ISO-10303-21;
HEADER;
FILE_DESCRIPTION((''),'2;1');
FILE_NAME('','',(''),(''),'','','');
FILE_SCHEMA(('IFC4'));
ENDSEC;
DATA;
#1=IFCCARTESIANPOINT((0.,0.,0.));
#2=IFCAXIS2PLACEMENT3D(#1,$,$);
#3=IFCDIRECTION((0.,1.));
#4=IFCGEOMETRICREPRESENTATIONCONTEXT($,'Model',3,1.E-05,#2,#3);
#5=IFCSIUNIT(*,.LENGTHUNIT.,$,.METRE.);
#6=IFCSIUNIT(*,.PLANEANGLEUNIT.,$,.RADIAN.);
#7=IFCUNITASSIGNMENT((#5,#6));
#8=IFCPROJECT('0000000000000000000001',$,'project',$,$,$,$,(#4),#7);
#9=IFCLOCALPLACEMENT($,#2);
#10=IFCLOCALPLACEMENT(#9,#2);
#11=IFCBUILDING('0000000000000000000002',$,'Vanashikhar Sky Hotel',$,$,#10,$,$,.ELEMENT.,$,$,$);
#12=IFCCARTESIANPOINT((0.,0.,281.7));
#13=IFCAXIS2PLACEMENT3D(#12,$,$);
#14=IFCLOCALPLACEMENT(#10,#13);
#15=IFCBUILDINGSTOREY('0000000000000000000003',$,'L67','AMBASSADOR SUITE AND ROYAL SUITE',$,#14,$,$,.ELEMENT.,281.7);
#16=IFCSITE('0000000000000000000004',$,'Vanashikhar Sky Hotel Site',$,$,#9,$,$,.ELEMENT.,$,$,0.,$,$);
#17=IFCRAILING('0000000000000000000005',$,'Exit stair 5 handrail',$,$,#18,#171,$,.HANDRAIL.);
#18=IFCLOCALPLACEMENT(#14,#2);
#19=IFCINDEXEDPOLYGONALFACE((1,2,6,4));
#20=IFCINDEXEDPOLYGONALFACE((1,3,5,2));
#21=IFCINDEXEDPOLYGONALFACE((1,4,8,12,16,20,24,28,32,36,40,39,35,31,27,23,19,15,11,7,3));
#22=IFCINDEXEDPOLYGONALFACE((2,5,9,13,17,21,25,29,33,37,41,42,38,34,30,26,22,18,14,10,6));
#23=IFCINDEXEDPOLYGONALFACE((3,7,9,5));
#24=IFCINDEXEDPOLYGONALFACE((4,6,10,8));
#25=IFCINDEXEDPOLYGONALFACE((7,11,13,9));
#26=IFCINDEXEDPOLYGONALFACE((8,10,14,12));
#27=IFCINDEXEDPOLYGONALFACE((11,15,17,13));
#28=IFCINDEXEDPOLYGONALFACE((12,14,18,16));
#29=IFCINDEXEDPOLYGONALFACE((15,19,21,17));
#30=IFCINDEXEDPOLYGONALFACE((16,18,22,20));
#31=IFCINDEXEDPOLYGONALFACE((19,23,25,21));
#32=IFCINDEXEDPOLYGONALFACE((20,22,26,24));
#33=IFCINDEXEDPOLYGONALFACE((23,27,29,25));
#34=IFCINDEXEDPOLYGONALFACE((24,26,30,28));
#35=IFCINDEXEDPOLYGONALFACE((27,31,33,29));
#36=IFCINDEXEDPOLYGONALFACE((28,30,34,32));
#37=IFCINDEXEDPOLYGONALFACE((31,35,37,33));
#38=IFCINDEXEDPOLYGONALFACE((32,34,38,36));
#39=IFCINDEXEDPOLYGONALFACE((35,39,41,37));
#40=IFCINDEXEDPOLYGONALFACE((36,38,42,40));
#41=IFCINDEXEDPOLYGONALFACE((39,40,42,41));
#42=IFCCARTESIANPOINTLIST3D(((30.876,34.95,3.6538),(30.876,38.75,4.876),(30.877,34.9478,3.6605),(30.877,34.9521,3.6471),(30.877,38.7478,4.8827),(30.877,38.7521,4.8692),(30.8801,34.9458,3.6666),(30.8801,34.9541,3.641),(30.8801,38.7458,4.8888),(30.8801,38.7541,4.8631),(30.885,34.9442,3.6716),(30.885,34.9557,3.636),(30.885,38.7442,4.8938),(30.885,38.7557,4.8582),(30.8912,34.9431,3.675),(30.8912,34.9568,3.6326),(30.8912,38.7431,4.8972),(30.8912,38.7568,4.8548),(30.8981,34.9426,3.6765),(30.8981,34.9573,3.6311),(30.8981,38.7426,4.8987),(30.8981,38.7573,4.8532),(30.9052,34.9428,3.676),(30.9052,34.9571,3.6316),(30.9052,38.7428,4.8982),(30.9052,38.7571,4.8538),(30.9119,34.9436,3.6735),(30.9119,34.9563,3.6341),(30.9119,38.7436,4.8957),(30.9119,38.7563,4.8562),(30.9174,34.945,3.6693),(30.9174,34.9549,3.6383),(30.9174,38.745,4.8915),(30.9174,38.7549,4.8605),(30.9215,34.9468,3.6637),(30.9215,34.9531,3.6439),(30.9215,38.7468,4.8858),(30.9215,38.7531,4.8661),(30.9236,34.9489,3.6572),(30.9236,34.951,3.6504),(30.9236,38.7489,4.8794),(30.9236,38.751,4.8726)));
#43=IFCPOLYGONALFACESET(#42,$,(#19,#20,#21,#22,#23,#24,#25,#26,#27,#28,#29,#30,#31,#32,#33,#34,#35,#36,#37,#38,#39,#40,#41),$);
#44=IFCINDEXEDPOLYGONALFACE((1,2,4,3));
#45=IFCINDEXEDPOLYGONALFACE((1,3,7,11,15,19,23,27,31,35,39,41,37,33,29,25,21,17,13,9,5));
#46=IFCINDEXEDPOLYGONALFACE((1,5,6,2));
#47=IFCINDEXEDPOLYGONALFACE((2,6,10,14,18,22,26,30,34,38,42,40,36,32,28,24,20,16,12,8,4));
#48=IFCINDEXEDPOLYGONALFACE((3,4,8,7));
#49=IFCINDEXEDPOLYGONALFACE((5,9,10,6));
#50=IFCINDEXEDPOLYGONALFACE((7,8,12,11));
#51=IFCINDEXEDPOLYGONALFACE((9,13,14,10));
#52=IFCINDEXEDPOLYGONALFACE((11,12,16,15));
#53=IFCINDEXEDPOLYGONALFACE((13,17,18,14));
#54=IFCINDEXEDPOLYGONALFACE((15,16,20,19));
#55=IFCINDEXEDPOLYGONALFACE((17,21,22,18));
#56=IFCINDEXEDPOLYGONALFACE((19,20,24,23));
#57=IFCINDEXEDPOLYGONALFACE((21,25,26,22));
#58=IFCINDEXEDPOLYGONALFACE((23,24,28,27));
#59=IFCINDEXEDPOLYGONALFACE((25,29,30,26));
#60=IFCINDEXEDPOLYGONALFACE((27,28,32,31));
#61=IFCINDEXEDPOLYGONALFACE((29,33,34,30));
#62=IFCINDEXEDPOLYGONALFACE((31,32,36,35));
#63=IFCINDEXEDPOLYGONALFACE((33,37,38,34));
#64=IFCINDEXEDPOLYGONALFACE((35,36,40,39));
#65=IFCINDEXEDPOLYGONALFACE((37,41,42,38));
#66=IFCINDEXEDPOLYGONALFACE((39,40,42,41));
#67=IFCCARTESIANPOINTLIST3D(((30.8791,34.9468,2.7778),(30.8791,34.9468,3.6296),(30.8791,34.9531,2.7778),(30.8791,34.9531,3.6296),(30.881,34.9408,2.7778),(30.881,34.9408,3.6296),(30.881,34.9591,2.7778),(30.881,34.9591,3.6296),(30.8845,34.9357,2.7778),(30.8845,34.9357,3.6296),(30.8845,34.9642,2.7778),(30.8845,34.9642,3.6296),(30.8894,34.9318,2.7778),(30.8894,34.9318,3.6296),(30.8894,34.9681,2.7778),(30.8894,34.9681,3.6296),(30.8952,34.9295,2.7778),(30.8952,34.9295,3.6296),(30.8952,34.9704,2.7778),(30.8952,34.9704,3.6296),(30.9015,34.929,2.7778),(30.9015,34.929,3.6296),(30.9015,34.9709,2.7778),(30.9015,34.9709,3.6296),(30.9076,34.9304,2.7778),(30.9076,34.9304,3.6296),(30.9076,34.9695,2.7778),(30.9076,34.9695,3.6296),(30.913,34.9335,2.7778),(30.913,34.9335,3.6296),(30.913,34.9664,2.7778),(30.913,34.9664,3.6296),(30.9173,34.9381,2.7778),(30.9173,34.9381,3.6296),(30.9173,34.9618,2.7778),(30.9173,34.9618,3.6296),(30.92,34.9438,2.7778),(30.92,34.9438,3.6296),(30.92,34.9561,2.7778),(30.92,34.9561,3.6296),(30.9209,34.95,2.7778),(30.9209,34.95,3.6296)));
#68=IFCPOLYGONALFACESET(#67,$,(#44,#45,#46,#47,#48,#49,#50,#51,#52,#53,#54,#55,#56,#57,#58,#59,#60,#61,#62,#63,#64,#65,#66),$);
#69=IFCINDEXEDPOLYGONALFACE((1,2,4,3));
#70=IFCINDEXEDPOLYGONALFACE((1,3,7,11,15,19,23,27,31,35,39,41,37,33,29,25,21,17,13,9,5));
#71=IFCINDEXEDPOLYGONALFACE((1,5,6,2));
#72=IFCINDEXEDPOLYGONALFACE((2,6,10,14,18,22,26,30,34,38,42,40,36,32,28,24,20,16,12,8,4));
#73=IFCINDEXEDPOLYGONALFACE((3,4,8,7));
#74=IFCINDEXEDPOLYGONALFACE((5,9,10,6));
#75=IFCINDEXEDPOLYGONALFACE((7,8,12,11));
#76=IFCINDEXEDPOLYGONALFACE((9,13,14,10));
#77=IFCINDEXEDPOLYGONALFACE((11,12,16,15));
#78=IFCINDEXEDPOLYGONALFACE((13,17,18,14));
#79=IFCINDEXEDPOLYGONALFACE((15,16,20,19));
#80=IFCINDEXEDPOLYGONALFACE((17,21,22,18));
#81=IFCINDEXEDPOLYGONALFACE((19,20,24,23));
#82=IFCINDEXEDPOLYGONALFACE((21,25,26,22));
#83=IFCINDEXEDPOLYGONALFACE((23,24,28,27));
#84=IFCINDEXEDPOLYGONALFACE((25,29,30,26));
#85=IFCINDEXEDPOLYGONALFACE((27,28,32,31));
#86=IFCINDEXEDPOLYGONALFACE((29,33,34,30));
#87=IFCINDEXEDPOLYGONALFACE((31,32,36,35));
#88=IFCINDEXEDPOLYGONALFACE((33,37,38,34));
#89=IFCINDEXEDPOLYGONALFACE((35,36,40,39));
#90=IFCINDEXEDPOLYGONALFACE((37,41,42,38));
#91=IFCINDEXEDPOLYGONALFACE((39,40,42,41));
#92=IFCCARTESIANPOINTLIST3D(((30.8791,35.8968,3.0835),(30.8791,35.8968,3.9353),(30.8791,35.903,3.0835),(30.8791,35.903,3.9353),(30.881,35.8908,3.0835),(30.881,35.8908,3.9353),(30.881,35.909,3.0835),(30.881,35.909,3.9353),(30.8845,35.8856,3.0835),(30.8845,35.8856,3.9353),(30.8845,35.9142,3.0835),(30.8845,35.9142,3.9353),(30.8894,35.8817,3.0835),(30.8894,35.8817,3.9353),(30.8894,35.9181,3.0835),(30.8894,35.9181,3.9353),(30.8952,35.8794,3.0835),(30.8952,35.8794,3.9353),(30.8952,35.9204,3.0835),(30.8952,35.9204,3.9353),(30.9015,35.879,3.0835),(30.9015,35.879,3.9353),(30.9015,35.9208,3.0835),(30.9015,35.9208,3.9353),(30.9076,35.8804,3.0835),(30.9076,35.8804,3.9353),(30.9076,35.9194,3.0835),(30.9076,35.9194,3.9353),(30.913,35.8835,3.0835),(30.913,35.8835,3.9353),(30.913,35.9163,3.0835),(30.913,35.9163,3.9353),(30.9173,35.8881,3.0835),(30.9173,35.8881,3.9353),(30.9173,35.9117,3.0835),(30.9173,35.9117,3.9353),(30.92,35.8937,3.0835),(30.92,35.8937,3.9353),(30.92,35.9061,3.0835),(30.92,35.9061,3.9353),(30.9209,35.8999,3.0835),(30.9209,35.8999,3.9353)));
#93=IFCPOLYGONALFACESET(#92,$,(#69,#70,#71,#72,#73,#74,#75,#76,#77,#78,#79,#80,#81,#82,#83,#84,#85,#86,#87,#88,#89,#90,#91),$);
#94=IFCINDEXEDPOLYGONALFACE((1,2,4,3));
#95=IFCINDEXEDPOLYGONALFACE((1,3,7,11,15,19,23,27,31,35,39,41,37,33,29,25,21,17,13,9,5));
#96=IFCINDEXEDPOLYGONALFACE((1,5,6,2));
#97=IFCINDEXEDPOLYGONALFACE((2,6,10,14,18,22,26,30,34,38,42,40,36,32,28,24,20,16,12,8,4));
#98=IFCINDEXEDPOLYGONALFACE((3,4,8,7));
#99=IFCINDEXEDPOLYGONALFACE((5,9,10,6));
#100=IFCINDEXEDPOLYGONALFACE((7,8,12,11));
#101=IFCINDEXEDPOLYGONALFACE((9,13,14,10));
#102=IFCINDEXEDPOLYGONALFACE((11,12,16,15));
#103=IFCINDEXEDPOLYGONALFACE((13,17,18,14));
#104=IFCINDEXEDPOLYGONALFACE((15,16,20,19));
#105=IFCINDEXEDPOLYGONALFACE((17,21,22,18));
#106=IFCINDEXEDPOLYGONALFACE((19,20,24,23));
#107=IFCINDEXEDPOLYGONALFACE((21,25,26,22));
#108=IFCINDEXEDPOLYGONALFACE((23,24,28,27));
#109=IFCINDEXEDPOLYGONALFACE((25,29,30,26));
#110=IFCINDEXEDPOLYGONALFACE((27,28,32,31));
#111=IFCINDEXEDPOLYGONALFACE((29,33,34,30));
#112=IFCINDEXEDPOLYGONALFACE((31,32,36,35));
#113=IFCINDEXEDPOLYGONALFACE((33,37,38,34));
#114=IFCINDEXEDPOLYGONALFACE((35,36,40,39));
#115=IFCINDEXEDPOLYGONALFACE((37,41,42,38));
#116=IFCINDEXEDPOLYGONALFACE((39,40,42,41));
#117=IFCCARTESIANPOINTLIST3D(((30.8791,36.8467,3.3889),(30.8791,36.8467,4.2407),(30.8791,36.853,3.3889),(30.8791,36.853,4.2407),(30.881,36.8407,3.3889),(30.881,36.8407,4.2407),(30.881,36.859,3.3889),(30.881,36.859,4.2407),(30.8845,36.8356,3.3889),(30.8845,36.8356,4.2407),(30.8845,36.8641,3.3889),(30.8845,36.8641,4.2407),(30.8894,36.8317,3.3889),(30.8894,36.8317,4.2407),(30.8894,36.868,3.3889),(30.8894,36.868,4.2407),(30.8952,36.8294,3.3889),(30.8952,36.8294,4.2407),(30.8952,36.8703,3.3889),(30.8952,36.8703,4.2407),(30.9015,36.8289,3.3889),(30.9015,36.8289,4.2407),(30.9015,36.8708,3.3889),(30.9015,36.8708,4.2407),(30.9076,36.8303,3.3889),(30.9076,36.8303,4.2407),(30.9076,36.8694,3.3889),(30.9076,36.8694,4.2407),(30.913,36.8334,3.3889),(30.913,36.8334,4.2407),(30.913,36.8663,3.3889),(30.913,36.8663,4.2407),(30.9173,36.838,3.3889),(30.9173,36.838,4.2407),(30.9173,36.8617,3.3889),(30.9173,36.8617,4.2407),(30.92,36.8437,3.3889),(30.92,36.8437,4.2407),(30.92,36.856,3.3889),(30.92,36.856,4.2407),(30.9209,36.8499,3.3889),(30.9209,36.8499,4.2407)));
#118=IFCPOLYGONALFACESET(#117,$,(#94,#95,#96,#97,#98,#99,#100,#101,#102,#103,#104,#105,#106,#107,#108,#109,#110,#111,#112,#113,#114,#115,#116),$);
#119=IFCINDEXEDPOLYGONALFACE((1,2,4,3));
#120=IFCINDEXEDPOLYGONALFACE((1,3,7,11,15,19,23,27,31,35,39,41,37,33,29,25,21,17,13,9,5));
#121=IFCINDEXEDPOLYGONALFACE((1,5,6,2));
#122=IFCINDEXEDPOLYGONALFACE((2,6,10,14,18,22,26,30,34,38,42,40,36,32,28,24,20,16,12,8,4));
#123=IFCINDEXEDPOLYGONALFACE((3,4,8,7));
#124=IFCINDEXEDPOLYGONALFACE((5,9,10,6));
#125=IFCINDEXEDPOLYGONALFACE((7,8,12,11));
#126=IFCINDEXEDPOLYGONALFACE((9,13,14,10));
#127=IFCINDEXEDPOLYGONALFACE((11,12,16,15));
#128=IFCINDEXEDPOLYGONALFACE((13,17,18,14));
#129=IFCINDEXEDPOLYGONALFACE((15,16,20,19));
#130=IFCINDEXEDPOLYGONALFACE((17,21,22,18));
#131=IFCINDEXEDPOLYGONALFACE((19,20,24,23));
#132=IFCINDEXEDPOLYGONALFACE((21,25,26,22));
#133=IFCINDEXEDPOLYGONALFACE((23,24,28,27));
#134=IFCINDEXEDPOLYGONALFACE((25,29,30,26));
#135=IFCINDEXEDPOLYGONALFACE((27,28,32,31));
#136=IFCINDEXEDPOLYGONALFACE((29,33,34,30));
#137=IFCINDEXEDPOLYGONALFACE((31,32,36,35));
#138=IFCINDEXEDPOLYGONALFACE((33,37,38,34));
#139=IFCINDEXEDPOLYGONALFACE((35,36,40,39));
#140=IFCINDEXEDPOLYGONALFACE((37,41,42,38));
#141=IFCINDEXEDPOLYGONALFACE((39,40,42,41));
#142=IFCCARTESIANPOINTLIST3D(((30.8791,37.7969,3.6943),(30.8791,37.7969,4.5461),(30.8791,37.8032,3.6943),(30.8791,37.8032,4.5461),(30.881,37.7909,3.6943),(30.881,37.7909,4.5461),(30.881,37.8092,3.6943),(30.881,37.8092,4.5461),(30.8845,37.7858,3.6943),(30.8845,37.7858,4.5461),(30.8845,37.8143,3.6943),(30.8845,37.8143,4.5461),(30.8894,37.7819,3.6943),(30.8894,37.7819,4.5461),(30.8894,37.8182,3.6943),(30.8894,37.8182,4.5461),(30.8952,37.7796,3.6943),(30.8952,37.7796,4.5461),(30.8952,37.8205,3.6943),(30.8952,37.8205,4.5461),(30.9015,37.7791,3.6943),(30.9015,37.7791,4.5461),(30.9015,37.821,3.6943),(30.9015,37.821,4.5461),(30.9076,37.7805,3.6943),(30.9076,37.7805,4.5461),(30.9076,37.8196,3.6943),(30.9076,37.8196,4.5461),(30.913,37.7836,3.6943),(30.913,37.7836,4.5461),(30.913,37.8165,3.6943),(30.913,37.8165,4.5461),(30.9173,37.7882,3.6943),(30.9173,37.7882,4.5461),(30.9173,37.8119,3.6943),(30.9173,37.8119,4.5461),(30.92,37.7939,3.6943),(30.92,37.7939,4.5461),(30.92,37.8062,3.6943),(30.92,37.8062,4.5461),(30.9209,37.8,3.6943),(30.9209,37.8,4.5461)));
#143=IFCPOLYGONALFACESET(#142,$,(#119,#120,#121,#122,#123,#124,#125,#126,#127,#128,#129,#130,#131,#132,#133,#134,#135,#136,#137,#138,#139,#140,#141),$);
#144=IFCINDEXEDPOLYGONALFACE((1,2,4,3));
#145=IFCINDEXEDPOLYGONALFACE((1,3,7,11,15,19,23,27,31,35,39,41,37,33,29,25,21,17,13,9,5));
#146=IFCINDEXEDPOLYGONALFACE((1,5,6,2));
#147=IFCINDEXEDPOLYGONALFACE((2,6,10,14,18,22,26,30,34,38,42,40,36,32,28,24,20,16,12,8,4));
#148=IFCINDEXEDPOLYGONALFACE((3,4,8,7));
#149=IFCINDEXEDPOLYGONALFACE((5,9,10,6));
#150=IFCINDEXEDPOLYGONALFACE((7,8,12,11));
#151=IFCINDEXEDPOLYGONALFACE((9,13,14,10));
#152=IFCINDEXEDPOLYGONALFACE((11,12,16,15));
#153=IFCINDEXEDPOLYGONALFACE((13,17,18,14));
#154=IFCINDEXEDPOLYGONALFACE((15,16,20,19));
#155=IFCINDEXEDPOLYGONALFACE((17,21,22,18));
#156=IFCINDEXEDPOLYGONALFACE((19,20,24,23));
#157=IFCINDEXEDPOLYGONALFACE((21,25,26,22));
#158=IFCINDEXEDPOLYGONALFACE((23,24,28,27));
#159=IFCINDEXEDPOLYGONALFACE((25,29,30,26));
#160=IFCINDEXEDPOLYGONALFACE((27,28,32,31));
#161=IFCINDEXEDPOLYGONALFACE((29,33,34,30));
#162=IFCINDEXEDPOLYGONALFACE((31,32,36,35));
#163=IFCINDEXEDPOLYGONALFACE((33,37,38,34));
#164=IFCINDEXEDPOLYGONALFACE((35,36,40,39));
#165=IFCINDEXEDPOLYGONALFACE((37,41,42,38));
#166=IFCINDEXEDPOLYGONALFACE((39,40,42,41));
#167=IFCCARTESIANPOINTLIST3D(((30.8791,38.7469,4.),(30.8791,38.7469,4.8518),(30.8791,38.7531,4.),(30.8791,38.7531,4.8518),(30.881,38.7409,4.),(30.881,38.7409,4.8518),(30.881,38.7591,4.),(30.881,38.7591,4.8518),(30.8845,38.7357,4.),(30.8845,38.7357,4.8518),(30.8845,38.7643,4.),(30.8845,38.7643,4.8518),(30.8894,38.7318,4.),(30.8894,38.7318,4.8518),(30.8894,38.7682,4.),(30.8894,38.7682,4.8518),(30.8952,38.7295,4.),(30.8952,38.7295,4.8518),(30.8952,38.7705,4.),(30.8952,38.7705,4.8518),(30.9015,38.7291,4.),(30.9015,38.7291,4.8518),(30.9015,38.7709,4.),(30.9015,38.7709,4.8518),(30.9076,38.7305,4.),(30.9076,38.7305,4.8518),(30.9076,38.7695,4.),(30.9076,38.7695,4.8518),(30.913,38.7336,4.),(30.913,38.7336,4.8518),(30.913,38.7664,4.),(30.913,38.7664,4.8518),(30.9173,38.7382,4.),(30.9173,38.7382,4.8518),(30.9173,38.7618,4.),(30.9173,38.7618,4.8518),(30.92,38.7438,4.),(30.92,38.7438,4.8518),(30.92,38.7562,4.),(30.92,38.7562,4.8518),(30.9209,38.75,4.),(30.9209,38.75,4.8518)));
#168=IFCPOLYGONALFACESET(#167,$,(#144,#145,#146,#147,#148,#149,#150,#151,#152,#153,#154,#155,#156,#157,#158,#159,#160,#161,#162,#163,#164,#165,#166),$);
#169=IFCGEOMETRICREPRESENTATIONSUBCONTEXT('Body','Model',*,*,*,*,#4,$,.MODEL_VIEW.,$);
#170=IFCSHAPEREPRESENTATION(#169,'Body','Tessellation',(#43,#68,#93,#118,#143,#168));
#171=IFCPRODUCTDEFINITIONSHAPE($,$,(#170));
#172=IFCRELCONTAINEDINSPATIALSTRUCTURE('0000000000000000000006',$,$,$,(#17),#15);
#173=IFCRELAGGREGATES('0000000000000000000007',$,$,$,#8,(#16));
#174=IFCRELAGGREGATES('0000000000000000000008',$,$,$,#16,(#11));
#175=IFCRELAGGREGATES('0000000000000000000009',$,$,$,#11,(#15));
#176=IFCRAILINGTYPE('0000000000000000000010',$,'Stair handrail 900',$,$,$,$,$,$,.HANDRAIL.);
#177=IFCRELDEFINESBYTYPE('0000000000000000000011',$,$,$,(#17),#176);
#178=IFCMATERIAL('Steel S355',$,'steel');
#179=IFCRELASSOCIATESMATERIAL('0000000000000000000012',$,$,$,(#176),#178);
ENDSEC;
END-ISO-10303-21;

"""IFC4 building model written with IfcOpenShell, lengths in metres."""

from ifc_helpers import new_model, si_unit, direction, frame, origin, origin_2d, place, context, subcontext, project, spatial, circle, extrude, source, transform, mapped, material, type_object, element, save


model = new_model("IFC4")

# Units and contexts
model_context = context("Model", 3, precision=1e-05, world=origin(), true_north=direction((0.0, 1.0)))
body_context = subcontext(model_context, "Body", "Model", "MODEL_VIEW")
ifc_project = project(units=[si_unit("LENGTHUNIT", "METRE"), si_unit("PLANEANGLEUNIT", "RADIAN")], contexts=[model_context])

# Site, building, storey
site_placement = place(None, origin())
site = spatial("IfcSite", under=ifc_project, at=site_placement, Name="Vanashikhar Sky Hotel Site", CompositionType="ELEMENT", RefElevation=0.0)
building_placement = place(site_placement, origin())
building = spatial("IfcBuilding", under=site, at=building_placement, Name="Vanashikhar Sky Hotel", CompositionType="ELEMENT")
storey_placement = place(building_placement, frame((0.0, 0.0, 281.7)))
storey = spatial("IfcBuildingStorey", under=building, at=storey_placement, Name="L67", Description="AMBASSADOR SUITE AND ROYAL SUITE", CompositionType="ELEMENT", Elevation=281.7)

# Railing
ifc_material_1 = material(Name="Steel S355", Category="steel")
railing_type_1 = type_object("IfcRailingType", Name="Stair handrail 900", PredefinedType="HANDRAIL", material=ifc_material_1)
shared_shape_1 = source(origin(), body_context, "Body", "SweptSolid", [
    extrude(circle(Radius=0.0239, at=origin_2d()), frame((0.0, 0.0, 0.876), z_axis=(0.0, 0.951976, 0.306173), x_axis=(-1.0, 0.0, 0.0)), (0.0, 0.0, 1.0), 3.9917),
    extrude(circle(Radius=0.021, at=origin_2d()), origin(), (0.0, 0.0, 1.0), 0.8518),
    extrude(circle(Radius=0.021, at=origin_2d()), frame((0.0, 0.95, 0.3057)), (0.0, 0.0, 1.0), 0.8518),
    extrude(circle(Radius=0.021, at=origin_2d()), frame((0.0, 1.8999, 0.6111)), (0.0, 0.0, 1.0), 0.8518),
    extrude(circle(Radius=0.021, at=origin_2d()), frame((0.0, 2.8501, 0.9165)), (0.0, 0.0, 1.0), 0.8518),
    extrude(circle(Radius=0.021, at=origin_2d()), frame((0.0, 3.8, 1.2222)), (0.0, 0.0, 1.0), 0.8518),
])
railing_1_placement = place(storey_placement, frame((30.8999, 34.95, 2.7778)))
element("IfcRailing", 1, at=railing_1_placement, inside=storey, type_object=railing_type_1, Name="Exit stair 5 handrail", PredefinedType="HANDRAIL", context=body_context, shape_type="MappedRepresentation", body=[
    mapped(shared_shape_1, transform((0.0, 0.0, 0.0), scale=1.0)),
])

save(model, "model.ifc")
